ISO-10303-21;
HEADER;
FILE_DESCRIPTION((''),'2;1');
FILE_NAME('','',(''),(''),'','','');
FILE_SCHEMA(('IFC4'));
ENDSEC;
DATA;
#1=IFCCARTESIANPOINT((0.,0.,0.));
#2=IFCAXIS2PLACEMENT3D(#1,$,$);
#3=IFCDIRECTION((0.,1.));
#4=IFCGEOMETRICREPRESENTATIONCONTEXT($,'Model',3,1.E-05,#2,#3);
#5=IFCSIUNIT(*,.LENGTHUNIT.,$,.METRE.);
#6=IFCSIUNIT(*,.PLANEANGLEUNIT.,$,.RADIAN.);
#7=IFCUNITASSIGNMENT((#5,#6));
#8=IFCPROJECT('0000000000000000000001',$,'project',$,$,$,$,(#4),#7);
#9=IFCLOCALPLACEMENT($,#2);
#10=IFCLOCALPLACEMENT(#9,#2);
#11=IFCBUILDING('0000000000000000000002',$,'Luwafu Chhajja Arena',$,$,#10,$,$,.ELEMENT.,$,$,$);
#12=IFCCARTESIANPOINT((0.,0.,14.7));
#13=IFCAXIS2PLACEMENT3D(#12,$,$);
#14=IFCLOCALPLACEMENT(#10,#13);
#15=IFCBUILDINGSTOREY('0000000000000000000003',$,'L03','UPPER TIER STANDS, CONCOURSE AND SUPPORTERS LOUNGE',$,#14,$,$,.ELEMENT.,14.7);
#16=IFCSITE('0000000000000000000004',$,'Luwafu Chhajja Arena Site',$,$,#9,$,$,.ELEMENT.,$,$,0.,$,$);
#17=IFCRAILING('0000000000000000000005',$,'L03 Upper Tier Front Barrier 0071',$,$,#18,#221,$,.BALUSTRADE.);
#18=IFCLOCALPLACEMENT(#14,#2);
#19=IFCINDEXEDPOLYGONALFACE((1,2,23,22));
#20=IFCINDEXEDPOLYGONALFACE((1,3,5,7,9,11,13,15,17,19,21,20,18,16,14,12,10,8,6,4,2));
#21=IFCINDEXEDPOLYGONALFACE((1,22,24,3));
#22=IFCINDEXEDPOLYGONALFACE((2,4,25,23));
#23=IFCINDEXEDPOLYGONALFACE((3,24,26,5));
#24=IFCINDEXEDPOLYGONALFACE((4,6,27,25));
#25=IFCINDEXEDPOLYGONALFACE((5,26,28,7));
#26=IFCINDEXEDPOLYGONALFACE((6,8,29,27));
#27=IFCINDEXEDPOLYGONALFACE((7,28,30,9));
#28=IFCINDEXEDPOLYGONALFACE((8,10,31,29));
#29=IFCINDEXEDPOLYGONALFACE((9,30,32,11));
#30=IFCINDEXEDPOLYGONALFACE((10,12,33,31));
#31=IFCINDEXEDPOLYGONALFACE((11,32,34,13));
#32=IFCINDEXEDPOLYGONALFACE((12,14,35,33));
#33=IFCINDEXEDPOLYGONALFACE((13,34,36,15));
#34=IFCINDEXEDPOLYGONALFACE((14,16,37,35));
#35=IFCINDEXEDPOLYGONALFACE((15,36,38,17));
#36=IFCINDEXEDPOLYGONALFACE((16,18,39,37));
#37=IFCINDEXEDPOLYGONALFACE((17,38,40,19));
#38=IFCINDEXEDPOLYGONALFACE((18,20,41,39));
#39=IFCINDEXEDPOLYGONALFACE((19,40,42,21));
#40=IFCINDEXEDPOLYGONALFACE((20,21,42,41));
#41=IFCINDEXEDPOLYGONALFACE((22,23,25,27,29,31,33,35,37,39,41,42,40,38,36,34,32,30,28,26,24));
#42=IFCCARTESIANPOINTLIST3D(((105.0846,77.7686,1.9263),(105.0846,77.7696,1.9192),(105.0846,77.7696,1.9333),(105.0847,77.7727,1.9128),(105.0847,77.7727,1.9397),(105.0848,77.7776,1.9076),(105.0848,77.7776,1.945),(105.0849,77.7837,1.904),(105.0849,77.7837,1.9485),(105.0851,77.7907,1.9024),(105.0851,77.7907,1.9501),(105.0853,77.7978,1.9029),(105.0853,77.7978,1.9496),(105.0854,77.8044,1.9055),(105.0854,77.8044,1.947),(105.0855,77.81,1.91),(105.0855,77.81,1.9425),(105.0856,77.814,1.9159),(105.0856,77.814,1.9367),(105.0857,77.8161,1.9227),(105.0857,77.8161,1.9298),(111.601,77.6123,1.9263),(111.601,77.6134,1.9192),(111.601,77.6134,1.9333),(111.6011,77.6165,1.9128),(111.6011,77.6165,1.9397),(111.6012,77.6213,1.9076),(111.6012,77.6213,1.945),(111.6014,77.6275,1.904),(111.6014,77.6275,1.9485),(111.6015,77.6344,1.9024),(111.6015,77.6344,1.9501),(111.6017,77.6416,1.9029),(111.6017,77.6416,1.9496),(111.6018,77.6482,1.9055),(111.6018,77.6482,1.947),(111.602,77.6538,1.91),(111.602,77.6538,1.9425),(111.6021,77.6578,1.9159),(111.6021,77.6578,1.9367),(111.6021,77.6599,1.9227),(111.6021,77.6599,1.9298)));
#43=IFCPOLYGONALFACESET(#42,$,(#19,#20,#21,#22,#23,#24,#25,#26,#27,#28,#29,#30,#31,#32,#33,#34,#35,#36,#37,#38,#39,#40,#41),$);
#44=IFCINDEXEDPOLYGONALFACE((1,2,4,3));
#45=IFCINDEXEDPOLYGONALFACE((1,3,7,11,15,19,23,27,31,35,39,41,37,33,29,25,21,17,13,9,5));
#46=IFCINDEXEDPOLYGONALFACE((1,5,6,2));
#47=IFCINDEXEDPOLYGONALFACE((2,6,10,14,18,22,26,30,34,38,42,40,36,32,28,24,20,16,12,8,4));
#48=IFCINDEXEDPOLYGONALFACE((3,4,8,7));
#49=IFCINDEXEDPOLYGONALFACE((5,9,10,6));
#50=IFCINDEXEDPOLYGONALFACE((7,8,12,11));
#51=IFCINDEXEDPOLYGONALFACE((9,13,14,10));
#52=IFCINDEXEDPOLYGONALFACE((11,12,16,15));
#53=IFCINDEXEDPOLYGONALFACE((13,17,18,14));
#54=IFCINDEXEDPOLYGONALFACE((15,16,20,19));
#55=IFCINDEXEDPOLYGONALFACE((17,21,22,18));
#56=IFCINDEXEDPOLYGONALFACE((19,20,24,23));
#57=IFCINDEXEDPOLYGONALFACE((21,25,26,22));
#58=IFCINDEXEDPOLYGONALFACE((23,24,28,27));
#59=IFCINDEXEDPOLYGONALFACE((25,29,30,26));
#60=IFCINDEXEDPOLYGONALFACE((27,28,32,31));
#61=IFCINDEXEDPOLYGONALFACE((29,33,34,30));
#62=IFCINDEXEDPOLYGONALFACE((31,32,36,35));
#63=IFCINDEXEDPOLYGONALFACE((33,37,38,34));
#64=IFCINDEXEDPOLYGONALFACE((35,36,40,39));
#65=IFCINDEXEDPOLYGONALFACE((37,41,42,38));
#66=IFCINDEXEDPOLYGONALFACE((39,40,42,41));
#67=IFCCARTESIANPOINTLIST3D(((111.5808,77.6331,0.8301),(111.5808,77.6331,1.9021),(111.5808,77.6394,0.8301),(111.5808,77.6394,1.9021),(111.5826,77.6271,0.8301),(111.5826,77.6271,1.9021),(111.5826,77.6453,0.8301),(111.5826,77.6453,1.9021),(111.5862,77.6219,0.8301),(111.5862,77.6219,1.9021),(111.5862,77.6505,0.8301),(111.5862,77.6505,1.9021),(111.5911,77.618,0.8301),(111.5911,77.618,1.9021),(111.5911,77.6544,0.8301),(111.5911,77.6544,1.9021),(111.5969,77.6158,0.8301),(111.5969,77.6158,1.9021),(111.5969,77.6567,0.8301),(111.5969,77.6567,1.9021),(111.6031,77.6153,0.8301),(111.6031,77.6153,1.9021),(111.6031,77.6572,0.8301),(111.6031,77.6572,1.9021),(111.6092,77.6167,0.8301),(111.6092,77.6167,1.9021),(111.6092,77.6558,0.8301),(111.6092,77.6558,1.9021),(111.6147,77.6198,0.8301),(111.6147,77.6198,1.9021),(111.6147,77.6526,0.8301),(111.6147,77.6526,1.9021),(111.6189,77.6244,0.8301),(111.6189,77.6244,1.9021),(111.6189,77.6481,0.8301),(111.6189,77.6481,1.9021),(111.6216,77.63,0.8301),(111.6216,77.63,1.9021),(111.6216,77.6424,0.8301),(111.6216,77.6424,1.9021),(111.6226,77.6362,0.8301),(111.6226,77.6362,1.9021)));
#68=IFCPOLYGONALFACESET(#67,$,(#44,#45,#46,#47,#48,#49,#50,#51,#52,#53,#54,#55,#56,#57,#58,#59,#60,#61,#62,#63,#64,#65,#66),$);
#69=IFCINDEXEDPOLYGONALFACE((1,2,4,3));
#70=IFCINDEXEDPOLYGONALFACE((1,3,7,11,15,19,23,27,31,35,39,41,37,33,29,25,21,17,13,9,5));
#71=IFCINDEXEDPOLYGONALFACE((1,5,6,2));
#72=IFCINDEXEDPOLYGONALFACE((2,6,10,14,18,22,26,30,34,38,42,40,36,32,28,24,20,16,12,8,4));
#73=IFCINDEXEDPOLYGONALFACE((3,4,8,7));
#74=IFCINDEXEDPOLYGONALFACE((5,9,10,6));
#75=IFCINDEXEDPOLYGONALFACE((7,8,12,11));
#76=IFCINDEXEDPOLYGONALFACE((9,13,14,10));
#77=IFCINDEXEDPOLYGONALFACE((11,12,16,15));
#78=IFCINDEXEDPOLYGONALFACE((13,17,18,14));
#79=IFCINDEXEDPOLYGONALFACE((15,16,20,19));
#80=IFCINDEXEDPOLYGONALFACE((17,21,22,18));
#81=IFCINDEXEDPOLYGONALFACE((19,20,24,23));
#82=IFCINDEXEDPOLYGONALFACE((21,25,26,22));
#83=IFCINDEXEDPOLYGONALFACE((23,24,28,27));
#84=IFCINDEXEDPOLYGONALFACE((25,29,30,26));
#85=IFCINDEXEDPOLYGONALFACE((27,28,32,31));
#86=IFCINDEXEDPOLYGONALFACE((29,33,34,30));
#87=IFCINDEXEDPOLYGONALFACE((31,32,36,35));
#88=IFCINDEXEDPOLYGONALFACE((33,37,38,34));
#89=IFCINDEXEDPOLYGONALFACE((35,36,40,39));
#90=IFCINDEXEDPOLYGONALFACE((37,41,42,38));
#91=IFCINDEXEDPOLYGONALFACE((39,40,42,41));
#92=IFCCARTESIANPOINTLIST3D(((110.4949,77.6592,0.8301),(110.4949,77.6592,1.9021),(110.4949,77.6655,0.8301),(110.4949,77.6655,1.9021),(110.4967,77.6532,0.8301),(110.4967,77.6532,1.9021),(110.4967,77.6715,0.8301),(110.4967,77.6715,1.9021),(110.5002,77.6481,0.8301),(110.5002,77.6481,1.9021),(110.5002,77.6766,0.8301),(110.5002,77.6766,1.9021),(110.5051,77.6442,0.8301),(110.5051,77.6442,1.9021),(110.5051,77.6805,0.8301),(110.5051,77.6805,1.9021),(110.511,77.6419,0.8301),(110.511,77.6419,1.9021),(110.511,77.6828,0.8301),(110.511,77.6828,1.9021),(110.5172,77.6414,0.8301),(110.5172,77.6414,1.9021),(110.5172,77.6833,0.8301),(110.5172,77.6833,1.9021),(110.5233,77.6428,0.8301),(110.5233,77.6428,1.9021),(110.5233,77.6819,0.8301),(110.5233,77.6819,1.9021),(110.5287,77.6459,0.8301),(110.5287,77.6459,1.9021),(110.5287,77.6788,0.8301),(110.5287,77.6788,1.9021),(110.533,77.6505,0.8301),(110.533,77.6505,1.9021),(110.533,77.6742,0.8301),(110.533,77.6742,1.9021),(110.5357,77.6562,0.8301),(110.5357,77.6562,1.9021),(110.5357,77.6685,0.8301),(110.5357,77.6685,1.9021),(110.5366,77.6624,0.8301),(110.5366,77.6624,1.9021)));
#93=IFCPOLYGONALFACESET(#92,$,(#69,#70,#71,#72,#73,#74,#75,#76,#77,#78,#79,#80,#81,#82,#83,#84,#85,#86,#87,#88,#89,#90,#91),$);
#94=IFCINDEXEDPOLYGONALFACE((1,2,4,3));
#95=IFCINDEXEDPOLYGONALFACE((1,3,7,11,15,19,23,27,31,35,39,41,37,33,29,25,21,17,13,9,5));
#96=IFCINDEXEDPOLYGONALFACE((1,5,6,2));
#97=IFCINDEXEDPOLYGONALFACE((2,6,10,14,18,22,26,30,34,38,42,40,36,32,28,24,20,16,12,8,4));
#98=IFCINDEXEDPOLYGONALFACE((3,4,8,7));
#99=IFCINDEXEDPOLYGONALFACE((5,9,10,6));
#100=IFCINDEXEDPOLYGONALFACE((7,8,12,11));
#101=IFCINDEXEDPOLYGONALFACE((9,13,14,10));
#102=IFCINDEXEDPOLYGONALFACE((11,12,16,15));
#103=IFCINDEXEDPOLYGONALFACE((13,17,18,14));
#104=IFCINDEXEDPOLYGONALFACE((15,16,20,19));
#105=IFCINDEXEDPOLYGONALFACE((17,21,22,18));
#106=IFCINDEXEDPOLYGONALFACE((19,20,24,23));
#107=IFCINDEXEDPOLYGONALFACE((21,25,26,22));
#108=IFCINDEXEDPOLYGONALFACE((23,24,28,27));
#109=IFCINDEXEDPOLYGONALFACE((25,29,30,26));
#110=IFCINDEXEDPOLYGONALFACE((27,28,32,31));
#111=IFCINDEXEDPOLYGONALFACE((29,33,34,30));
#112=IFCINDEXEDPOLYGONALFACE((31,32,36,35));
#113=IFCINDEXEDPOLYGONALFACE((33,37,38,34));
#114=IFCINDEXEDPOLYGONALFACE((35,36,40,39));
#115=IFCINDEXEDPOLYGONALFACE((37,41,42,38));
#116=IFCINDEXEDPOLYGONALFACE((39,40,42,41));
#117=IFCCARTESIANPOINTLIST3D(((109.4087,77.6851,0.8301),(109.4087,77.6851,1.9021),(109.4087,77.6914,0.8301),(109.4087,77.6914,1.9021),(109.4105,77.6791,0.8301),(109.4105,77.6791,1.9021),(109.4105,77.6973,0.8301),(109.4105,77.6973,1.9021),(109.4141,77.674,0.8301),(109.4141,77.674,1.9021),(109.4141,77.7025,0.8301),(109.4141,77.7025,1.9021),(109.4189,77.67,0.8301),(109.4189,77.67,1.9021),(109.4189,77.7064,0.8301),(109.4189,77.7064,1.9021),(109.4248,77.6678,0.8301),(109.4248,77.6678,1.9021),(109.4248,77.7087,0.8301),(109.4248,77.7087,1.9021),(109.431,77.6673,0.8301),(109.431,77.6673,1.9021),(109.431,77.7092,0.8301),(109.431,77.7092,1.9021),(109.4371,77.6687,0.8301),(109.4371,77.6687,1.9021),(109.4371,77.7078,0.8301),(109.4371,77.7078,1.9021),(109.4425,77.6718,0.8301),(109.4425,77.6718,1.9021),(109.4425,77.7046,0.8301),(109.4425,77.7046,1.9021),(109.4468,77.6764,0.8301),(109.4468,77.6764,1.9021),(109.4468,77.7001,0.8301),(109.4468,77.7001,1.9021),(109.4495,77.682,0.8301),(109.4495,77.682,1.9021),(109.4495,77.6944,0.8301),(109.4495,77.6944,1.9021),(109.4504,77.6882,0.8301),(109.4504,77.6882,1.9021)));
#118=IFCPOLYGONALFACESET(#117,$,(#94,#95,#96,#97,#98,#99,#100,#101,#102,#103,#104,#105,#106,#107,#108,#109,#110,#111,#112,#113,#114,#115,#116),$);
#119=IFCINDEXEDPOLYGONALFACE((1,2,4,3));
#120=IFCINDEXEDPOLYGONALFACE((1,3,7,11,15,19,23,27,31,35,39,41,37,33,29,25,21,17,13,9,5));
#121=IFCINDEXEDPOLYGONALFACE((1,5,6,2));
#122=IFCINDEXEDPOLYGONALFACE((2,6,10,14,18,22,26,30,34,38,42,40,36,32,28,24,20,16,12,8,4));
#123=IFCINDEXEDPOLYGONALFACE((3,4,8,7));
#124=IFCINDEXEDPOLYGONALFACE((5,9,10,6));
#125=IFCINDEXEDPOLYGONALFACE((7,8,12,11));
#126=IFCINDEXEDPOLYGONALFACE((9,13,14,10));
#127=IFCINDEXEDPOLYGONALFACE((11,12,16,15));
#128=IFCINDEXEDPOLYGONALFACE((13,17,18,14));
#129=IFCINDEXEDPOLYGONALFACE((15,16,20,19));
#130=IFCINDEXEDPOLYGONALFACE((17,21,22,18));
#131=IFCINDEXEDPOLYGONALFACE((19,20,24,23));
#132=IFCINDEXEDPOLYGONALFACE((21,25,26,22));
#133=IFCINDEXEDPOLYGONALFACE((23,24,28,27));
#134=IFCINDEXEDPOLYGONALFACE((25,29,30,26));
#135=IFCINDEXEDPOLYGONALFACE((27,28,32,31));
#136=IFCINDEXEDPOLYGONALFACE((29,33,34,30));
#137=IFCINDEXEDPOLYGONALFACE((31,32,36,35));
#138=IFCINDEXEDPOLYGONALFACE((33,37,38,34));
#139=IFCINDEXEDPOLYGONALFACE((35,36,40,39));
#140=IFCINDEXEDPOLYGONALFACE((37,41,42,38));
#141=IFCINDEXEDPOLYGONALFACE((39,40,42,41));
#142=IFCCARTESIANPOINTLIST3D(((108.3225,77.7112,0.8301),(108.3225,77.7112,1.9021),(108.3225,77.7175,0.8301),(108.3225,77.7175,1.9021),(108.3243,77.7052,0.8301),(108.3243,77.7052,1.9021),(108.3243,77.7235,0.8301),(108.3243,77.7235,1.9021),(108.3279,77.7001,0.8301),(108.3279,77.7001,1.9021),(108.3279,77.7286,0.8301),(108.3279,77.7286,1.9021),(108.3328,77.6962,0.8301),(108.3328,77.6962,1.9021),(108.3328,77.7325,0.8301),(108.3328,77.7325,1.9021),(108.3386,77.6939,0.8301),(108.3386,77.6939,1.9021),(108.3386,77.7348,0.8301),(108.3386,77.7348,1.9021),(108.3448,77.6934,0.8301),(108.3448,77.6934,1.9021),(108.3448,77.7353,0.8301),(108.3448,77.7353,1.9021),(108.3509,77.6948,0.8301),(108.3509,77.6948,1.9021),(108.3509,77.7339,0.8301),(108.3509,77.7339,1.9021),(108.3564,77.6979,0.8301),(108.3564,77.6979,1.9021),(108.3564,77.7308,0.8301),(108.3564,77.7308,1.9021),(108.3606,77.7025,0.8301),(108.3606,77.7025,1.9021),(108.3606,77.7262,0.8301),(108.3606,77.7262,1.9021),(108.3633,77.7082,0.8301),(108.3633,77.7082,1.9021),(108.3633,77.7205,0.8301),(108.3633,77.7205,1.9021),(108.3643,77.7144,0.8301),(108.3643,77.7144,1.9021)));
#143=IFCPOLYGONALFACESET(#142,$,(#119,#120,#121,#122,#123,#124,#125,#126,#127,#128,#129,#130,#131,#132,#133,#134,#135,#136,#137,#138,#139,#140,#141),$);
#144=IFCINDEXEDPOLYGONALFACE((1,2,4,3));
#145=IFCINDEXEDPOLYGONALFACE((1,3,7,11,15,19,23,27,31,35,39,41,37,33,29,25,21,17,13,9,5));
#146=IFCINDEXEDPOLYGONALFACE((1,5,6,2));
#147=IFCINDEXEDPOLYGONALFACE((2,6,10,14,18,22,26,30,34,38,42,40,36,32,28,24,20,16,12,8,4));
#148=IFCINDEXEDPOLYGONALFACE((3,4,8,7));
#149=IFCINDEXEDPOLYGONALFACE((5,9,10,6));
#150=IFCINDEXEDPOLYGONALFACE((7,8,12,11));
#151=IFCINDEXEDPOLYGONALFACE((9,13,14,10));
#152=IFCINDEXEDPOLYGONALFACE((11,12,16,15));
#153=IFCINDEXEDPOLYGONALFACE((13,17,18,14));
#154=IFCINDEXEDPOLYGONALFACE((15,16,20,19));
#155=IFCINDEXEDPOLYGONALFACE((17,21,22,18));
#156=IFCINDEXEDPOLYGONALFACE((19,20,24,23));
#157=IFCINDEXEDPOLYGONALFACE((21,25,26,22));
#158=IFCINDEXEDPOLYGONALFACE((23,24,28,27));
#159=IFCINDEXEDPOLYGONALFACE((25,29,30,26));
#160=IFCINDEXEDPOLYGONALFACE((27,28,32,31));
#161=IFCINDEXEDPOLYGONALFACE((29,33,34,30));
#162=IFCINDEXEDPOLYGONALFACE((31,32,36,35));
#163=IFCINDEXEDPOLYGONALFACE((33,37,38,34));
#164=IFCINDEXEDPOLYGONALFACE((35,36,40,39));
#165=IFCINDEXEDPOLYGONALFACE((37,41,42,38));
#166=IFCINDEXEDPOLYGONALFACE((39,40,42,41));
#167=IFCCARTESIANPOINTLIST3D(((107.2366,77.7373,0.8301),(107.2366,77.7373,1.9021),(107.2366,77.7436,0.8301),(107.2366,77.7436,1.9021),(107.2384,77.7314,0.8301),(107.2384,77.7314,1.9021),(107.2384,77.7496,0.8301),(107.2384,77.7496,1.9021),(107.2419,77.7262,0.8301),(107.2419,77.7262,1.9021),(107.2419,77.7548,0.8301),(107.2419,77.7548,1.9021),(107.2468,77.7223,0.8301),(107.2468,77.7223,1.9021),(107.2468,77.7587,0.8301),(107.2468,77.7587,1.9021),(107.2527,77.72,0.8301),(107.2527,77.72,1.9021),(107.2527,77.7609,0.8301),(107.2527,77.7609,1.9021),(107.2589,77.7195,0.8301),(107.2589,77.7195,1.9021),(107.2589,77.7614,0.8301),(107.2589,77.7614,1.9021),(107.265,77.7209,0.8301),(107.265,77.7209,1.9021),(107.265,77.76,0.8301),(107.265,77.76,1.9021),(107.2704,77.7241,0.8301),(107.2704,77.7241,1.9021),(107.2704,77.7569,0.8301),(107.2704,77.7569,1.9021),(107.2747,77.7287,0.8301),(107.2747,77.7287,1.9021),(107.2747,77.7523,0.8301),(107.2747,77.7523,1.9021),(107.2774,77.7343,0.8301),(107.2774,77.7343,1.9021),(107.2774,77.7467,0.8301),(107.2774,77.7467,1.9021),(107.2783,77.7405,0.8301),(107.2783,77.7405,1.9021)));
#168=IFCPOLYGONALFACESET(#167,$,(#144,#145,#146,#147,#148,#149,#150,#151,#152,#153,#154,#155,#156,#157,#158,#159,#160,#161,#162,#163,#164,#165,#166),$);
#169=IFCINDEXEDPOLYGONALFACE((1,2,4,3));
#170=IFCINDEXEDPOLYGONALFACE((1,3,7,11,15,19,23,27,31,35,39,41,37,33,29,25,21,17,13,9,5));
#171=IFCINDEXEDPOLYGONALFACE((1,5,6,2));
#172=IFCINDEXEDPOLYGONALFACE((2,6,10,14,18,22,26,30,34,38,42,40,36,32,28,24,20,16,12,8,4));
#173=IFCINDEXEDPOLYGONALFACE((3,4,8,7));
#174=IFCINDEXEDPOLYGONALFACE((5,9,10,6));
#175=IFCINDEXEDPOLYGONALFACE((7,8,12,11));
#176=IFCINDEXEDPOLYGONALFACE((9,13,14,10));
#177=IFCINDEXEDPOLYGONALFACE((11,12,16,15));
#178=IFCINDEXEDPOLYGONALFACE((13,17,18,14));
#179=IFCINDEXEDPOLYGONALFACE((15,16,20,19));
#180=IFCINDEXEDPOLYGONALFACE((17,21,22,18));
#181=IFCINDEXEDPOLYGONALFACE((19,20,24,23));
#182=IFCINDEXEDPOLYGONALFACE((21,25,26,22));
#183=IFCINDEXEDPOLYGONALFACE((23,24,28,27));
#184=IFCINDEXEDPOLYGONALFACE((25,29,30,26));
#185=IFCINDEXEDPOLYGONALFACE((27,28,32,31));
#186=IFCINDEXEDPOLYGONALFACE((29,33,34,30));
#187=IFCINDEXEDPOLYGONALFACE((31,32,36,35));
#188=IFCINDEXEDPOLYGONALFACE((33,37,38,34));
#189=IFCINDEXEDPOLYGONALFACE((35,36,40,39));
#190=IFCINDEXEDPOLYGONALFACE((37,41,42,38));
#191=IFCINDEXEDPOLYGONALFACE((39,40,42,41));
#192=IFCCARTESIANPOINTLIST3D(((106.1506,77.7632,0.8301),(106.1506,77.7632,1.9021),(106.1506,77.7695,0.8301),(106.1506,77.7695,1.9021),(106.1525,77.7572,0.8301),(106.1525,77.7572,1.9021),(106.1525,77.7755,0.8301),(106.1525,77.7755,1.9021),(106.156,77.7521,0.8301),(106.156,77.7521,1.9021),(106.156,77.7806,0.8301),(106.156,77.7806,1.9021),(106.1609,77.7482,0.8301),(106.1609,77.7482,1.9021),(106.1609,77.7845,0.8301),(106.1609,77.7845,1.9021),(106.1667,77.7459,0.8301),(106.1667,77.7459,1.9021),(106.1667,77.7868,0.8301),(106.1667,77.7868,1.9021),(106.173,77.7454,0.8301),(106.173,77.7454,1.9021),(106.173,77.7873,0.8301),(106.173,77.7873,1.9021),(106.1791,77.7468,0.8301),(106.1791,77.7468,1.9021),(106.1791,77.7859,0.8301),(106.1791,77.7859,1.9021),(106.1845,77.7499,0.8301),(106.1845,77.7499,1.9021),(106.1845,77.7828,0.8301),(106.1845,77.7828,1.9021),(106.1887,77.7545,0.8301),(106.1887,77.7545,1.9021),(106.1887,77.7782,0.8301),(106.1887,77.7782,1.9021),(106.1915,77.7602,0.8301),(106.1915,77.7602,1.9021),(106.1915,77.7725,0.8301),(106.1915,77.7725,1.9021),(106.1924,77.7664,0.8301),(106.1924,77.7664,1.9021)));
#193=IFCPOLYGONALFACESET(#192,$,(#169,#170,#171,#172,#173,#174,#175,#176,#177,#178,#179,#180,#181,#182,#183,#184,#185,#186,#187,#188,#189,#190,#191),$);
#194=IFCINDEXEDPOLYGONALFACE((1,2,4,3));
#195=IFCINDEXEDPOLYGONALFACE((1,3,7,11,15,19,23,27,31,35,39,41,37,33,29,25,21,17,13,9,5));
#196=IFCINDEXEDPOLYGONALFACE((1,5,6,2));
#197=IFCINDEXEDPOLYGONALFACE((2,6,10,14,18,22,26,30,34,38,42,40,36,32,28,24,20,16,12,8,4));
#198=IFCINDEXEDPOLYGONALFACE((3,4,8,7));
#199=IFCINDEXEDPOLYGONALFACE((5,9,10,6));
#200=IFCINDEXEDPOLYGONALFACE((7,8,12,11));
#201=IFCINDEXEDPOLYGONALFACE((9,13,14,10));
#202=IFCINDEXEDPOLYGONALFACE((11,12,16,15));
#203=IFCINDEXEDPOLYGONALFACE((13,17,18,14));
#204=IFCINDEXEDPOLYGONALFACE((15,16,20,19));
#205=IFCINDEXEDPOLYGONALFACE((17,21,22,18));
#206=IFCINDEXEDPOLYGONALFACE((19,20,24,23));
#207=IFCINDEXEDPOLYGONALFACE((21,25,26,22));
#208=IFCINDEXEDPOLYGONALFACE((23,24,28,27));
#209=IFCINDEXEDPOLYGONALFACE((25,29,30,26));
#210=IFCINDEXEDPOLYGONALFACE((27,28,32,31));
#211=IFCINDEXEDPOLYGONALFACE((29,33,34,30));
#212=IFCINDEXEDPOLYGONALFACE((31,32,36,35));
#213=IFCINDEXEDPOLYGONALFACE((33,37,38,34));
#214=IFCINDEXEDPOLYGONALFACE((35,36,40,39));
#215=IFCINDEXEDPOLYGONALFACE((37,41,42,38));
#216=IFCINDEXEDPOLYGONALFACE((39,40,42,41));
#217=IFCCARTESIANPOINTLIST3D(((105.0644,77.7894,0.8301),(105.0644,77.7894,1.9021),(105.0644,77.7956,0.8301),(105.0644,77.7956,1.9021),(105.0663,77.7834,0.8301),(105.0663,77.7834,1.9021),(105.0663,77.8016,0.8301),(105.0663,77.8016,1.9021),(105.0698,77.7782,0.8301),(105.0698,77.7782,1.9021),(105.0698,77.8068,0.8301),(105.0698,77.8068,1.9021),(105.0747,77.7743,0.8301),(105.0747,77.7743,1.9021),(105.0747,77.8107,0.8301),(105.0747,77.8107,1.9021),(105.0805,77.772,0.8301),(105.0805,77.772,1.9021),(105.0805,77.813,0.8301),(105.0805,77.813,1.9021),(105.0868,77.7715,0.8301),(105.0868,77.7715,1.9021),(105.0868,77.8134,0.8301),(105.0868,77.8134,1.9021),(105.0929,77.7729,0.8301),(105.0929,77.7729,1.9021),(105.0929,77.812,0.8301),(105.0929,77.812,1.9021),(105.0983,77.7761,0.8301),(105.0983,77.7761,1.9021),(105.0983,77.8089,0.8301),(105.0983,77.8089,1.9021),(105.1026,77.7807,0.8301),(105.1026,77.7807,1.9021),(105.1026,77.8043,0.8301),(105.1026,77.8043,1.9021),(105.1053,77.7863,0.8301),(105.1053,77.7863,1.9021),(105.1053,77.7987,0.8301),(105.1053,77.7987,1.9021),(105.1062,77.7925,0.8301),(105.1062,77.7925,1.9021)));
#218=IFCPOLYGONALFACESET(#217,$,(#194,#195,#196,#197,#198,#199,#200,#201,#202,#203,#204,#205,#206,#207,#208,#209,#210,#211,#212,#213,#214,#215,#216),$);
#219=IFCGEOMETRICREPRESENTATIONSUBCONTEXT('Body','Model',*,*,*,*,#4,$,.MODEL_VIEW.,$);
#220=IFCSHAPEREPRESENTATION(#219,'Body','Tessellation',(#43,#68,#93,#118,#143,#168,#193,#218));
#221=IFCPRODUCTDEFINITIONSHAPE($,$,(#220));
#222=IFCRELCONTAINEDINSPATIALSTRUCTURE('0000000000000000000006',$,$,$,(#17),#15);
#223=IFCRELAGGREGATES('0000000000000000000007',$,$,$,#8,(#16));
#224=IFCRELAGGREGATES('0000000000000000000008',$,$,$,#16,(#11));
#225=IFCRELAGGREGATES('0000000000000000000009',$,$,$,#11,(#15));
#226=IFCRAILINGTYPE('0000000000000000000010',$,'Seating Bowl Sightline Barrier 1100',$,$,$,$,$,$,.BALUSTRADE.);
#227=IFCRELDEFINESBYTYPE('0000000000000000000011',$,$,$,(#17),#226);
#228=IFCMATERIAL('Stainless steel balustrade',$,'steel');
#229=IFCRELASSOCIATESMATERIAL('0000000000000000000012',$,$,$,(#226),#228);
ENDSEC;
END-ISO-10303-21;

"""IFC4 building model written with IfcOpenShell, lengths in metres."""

from ifc_helpers import new_model, si_unit, direction, frame, origin, origin_2d, place, context, subcontext, project, spatial, circle, extrude, material, type_object, element, save


model = new_model("IFC4")

# Units and contexts
model_context = context("Model", 3, precision=1e-05, world=origin(), true_north=direction((0.0, 1.0)))
body_context = subcontext(model_context, "Body", "Model", "MODEL_VIEW")
ifc_project = project(units=[si_unit("LENGTHUNIT", "METRE"), si_unit("PLANEANGLEUNIT", "RADIAN")], contexts=[model_context])

# Site, building, storey
site_placement = place(None, origin())
site = spatial("IfcSite", under=ifc_project, at=site_placement, Name="Luwafu Chhajja Arena Site", CompositionType="ELEMENT", RefElevation=0.0)
building_placement = place(site_placement, origin())
building = spatial("IfcBuilding", under=site, at=building_placement, Name="Luwafu Chhajja Arena", CompositionType="ELEMENT")
storey_placement = place(building_placement, frame((0.0, 0.0, 14.7)))
storey = spatial("IfcBuildingStorey", under=building, at=storey_placement, Name="L03", Description="UPPER TIER STANDS, CONCOURSE AND SUPPORTERS LOUNGE", CompositionType="ELEMENT", Elevation=14.7)

# Railing
ifc_material_1 = material(Name="Stainless steel balustrade", Category="steel")
railing_type = type_object("IfcRailingType", Name="Seating Bowl Sightline Barrier 1100", PredefinedType="BALUSTRADE", material=ifc_material_1)
railing_1_placement = place(storey_placement, frame((111.6016, 77.6362, 0.8301)))
element("IfcRailing", 1, at=railing_1_placement, inside=storey, type_object=railing_type, Name="L03 Upper Tier Front Barrier 0071", PredefinedType="BALUSTRADE", context=body_context, shape_type="SweptSolid", body=[
    extrude(circle(Radius=0.0239, at=origin_2d()), frame((0.0, 0.0, 1.0962), z_axis=(-0.999713, 0.023971, 0.0), x_axis=(-0.023971, -0.999713, 0.0)), (0.0, 0.0, 1.0), 6.5183),
    extrude(circle(Radius=0.021, at=origin_2d()), origin(), (0.0, 0.0, 1.0), 1.072),
    extrude(circle(Radius=0.021, at=origin_2d()), frame((-1.0859, 0.0261, 0.0)), (0.0, 0.0, 1.0), 1.072),
    extrude(circle(Radius=0.021, at=origin_2d()), frame((-2.1721, 0.052, 0.0)), (0.0, 0.0, 1.0), 1.072),
    extrude(circle(Radius=0.021, at=origin_2d()), frame((-3.2583, 0.0781, 0.0)), (0.0, 0.0, 1.0), 1.072),
    extrude(circle(Radius=0.021, at=origin_2d()), frame((-4.3442, 0.1042, 0.0)), (0.0, 0.0, 1.0), 1.072),
    extrude(circle(Radius=0.021, at=origin_2d()), frame((-5.4302, 0.1301, 0.0)), (0.0, 0.0, 1.0), 1.072),
    extrude(circle(Radius=0.021, at=origin_2d()), frame((-6.5164, 0.1562, 0.0)), (0.0, 0.0, 1.0), 1.072),
])

save(model, "model.ifc")
